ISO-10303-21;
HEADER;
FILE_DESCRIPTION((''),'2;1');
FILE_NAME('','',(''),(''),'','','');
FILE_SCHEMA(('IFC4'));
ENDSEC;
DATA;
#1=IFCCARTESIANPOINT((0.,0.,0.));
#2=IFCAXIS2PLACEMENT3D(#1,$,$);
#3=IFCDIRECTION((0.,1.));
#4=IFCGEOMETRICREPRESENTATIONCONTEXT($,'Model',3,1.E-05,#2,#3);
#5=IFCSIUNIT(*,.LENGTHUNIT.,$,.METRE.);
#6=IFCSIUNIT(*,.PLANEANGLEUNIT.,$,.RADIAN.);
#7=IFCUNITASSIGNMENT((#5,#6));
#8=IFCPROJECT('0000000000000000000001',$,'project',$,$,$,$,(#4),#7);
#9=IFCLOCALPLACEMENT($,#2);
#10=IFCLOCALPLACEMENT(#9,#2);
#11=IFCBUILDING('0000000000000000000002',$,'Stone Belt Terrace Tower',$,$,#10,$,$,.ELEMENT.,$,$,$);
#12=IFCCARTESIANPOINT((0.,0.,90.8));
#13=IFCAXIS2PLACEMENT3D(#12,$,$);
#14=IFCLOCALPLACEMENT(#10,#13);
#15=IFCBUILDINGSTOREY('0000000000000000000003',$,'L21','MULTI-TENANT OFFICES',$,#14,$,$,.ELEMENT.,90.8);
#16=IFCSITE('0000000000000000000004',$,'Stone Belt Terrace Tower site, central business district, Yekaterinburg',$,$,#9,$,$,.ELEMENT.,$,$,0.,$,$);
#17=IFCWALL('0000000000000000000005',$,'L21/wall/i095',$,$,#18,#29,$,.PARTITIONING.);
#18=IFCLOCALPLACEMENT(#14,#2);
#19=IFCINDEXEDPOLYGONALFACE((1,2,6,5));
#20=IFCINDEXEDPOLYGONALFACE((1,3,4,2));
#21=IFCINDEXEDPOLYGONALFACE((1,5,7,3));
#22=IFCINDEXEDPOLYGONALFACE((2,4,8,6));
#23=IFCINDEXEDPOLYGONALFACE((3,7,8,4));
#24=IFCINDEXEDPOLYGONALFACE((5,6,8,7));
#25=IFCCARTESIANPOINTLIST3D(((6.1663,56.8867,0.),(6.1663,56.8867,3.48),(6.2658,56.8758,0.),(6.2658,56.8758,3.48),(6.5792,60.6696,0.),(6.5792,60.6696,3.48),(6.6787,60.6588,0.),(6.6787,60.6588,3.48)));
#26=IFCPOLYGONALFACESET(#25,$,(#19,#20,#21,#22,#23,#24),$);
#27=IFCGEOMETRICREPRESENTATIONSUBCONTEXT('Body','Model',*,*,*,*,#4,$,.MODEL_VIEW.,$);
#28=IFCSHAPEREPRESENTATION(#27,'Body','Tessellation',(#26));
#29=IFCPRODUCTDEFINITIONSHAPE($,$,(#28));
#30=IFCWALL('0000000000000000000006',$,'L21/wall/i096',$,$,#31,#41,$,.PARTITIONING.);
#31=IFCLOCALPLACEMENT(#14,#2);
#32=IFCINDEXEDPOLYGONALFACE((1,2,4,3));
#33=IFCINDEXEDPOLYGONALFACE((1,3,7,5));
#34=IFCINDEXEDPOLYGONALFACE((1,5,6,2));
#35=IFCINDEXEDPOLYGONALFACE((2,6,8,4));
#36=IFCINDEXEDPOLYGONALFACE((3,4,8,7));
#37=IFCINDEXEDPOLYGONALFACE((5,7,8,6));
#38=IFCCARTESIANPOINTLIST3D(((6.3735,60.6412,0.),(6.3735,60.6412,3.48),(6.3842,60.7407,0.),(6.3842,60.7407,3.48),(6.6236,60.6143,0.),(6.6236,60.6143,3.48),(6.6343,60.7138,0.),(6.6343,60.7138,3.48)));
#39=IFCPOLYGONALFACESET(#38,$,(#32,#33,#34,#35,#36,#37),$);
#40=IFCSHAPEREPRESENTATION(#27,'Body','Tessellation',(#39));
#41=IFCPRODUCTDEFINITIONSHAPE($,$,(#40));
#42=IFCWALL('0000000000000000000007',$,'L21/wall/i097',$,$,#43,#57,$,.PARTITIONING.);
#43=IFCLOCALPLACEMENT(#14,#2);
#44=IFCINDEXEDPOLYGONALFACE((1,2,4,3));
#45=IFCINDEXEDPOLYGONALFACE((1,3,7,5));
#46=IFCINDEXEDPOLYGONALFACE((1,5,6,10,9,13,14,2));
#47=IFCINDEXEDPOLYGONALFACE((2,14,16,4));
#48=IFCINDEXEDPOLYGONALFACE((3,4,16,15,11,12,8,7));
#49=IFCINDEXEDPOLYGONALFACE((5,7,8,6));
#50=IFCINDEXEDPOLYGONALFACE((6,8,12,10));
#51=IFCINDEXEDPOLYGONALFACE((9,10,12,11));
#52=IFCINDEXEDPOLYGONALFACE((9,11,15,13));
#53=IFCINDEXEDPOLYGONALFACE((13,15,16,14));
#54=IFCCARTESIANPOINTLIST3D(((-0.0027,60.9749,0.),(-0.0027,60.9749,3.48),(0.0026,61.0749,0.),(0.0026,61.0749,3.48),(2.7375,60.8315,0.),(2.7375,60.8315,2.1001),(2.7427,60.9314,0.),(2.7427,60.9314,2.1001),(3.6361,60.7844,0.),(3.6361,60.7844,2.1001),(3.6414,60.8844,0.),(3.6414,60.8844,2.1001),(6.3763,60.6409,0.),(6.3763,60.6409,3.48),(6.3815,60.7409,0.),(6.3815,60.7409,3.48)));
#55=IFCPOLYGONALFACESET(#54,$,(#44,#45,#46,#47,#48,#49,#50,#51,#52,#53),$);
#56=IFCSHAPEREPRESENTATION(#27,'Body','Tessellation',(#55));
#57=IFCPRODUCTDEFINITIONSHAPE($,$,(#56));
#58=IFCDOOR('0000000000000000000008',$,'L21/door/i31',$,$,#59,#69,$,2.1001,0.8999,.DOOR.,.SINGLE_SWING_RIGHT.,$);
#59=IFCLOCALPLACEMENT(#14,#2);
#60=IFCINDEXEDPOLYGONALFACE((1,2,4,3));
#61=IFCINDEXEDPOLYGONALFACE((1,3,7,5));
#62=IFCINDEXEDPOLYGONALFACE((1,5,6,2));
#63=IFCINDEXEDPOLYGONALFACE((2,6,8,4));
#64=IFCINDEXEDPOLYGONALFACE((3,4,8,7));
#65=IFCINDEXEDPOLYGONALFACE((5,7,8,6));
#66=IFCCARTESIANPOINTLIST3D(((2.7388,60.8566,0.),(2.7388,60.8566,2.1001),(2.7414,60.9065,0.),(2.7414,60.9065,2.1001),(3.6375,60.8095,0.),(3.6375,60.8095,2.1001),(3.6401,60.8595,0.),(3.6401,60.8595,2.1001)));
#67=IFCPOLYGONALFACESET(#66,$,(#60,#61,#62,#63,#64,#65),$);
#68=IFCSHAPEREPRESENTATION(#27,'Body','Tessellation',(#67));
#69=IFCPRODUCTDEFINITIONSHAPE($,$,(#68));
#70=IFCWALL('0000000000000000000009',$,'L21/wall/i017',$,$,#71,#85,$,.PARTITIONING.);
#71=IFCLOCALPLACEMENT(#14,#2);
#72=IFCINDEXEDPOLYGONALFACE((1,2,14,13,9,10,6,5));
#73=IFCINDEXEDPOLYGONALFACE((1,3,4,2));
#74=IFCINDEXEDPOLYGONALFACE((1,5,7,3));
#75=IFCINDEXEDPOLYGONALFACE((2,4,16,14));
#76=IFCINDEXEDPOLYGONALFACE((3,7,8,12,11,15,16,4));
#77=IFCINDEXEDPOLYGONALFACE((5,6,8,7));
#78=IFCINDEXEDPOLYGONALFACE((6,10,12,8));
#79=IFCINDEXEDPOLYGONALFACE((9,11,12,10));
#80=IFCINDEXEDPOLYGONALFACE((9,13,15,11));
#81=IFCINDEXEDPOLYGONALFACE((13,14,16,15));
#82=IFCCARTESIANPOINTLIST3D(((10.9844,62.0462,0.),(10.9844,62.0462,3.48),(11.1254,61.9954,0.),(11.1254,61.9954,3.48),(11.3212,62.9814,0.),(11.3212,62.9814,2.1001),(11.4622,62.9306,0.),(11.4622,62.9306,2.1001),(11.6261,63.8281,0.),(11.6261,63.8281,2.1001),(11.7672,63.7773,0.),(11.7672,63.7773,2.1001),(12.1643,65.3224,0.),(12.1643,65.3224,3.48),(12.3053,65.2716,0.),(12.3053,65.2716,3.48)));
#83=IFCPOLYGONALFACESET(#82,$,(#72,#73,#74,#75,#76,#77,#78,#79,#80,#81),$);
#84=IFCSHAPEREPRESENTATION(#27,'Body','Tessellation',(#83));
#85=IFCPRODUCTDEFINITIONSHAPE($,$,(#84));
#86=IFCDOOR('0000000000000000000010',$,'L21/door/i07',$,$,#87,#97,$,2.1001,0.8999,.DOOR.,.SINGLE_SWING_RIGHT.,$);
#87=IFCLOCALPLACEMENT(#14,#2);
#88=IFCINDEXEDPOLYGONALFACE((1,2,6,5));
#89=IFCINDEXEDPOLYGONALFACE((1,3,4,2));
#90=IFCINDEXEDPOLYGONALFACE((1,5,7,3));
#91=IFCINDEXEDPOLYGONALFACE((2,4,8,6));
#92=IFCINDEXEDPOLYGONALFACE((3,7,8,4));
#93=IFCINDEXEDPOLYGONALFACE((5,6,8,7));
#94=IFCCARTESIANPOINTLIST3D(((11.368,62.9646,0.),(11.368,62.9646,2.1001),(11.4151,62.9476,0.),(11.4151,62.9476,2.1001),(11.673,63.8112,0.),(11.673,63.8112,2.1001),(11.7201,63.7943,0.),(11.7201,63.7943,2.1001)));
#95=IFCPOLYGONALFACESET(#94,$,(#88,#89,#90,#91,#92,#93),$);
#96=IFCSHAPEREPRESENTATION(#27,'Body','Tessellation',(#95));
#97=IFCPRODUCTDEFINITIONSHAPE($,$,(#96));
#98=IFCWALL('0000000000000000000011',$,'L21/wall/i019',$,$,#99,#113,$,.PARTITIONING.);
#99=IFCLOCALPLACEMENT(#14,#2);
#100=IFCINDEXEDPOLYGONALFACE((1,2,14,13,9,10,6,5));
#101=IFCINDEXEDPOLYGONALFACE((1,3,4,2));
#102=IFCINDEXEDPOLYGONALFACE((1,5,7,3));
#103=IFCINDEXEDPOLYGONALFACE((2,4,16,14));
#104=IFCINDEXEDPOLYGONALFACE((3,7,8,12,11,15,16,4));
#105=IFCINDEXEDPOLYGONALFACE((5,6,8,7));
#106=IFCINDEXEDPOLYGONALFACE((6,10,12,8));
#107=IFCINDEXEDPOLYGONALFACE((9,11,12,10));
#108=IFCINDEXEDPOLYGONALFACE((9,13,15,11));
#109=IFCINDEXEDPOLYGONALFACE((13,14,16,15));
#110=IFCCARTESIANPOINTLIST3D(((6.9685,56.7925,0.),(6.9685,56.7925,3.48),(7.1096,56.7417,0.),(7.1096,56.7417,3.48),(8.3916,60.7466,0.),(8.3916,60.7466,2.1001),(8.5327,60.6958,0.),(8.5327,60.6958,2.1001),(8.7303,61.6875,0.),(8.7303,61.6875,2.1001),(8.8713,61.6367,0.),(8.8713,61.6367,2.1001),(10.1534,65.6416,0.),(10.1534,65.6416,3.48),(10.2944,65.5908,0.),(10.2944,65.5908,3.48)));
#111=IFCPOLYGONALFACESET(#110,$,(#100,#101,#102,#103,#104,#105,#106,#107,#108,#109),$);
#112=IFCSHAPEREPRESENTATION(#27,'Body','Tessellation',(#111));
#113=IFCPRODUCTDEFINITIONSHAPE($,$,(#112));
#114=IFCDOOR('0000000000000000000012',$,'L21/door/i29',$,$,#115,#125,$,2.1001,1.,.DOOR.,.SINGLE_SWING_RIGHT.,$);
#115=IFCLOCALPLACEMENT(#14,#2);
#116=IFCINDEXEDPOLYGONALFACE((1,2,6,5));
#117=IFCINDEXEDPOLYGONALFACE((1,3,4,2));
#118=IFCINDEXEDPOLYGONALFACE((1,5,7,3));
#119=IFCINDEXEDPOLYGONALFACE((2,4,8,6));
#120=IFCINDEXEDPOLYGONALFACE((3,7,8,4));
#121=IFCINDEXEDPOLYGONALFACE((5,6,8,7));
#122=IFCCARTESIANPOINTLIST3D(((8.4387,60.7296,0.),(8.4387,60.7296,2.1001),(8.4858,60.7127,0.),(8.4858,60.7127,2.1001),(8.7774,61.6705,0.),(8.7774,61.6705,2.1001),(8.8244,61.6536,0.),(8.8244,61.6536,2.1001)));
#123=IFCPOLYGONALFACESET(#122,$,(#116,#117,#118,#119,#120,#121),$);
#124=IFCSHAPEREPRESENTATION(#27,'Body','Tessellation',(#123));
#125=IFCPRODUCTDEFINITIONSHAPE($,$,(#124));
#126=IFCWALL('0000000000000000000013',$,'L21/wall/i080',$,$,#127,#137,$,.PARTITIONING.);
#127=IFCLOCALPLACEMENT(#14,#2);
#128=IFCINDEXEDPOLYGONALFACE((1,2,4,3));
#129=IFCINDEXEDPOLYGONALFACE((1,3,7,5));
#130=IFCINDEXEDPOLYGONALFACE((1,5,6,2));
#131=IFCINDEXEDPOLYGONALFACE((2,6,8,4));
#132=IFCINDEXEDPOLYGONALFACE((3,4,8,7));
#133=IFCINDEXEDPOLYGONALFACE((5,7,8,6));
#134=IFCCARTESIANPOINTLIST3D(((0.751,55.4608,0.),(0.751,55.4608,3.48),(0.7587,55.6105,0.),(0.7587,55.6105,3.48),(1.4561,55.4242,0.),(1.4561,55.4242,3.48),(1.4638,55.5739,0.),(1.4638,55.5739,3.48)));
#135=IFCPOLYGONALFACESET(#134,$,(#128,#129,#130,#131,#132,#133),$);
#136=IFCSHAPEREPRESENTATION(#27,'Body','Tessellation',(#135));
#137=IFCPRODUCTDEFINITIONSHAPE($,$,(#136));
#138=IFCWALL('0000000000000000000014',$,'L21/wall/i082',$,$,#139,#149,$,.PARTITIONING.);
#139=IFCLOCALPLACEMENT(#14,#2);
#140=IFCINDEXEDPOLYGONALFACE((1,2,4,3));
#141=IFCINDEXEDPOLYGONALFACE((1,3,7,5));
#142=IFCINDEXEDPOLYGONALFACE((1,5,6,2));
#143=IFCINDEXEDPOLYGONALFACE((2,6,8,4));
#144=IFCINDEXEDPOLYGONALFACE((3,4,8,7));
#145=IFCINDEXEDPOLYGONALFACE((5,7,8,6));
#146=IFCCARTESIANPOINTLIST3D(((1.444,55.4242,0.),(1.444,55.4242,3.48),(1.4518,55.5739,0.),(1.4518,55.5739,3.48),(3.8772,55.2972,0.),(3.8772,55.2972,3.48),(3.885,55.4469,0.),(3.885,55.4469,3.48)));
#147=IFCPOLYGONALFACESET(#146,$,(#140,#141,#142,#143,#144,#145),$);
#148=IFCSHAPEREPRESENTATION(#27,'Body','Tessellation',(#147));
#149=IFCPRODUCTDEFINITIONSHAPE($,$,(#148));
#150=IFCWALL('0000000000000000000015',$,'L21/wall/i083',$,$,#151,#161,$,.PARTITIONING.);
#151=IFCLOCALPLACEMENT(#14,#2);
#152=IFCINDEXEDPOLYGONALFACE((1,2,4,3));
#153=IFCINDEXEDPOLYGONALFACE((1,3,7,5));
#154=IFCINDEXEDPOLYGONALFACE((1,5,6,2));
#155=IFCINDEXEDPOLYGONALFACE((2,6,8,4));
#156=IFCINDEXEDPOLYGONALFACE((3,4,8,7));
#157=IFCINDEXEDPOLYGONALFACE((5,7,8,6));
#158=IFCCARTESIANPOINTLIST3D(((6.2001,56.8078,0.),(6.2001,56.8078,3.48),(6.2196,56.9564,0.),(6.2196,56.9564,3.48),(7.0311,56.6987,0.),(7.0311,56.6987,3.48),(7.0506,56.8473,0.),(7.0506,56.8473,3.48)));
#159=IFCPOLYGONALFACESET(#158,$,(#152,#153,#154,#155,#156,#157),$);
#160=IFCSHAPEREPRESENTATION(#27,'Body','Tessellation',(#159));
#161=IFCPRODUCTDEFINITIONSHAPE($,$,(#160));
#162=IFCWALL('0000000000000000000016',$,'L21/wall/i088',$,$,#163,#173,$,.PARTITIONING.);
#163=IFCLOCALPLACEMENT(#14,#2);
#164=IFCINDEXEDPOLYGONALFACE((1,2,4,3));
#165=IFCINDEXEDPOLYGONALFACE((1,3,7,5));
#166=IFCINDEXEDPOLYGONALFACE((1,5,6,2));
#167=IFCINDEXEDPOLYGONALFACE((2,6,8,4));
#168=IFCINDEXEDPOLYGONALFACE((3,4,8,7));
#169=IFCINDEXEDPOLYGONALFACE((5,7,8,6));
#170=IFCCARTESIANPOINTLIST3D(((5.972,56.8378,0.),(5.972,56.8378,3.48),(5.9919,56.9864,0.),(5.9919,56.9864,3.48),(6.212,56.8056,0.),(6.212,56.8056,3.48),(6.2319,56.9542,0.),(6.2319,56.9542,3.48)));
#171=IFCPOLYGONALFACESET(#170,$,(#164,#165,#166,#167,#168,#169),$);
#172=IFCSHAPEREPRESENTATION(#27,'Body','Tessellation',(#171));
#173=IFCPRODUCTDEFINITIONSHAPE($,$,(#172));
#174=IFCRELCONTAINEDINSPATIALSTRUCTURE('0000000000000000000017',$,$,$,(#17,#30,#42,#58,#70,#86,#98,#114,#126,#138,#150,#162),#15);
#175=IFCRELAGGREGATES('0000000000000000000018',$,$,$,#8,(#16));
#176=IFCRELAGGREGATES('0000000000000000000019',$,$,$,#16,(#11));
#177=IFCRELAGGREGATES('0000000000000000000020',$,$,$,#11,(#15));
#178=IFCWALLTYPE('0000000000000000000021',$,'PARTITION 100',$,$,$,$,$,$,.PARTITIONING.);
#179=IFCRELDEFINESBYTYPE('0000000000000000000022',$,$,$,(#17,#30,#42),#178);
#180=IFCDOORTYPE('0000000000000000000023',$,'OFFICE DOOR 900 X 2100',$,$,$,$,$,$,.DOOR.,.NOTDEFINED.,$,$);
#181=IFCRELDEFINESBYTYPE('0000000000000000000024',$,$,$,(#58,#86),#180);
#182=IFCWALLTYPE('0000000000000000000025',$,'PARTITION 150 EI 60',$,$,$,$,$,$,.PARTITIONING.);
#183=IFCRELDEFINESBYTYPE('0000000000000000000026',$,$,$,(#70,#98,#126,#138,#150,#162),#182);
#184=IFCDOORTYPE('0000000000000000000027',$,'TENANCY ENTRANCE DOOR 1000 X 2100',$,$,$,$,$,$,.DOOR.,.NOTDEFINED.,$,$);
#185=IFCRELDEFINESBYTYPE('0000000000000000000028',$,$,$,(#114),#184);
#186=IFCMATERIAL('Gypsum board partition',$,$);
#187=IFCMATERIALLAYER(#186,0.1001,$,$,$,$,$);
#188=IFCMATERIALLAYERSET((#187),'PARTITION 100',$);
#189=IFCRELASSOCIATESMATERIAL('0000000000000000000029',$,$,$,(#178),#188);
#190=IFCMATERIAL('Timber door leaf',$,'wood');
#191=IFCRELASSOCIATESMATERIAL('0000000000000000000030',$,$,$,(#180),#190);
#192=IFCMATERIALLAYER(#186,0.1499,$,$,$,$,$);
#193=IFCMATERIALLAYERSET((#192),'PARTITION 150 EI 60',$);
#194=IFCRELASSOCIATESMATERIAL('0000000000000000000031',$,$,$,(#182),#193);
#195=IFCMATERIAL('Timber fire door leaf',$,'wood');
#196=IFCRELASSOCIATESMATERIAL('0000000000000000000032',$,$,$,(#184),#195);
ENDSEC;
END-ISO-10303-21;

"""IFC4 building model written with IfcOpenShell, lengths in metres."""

from ifc_helpers import new_model, si_unit, direction, frame, frame_2d, origin, place, context, subcontext, project, spatial, rectangle, extrude, material, layer, layer_set, type_object, element, fill, save


model = new_model("IFC4")

# Units and contexts
model_context = context("Model", 3, precision=1e-05, world=origin(), true_north=direction((0.0, 1.0)))
body_context = subcontext(model_context, "Body", "Model", "MODEL_VIEW")
ifc_project = project(units=[si_unit("LENGTHUNIT", "METRE"), si_unit("PLANEANGLEUNIT", "RADIAN")], contexts=[model_context])

# Site, building, storey
site_placement = place(None, origin())
site = spatial("IfcSite", under=ifc_project, at=site_placement, Name="Stone Belt Terrace Tower site, central business district, Yekaterinburg", CompositionType="ELEMENT", RefElevation=0.0)
building_placement = place(site_placement, origin())
building = spatial("IfcBuilding", under=site, at=building_placement, Name="Stone Belt Terrace Tower", CompositionType="ELEMENT")
storey_placement = place(building_placement, frame((0.0, 0.0, 90.8)))
storey = spatial("IfcBuildingStorey", under=building, at=storey_placement, Name="L21", Description="MULTI-TENANT OFFICES", CompositionType="ELEMENT", Elevation=90.8)

# Shared definitions
ifc_material_1 = material(Name="Gypsum board partition")
ifc_layer_1 = layer(ifc_material_1, 0.1001)
ifc_layer_set_1 = layer_set([ifc_layer_1], Name="PARTITION 100")
wall_type_1 = type_object("IfcWallType", Name="PARTITION 100", PredefinedType="PARTITIONING", material=ifc_layer_set_1)
ifc_material_2 = material(Name="Timber door leaf", Category="wood")
door_type_1 = type_object("IfcDoorType", Name="OFFICE DOOR 900 X 2100", OperationType="NOTDEFINED", PredefinedType="DOOR", material=ifc_material_2)

# Walls
wall_1_placement = place(storey_placement, frame((6.2161, 56.8811, 0.0), z_axis=(0.0, 0.0, 1.0), x_axis=(0.108488, 0.994098, 0.0)))
element("IfcWall", 1, at=wall_1_placement, inside=storey, type_object=wall_type_1, Name="L21/wall/i095", PredefinedType="PARTITIONING", context=body_context, shape_type="SweptSolid", body=[
    extrude(rectangle(XDim=3.8054, YDim=0.1001, at=frame_2d((1.9028, 0.0))), origin(), (0.0, 0.0, 1.0), 3.48),
])
wall_2_placement = place(storey_placement, frame((6.6289, 60.6641, 0.0), z_axis=(0.0, 0.0, 1.0), x_axis=(-0.99428, 0.106807, 0.0)))
element("IfcWall", 2, at=wall_2_placement, inside=storey, type_object=wall_type_1, Name="L21/wall/i096", PredefinedType="PARTITIONING", context=body_context, shape_type="SweptSolid", body=[
    extrude(rectangle(XDim=0.2515, YDim=0.1001, at=frame_2d((0.1257, 0.0))), origin(), (0.0, 0.0, 1.0), 3.48),
])

# Walls, openings, doors
wall_3_placement = place(storey_placement, frame((6.3789, 60.6909, 0.0), z_axis=(0.0, 0.0, 1.0), x_axis=(-0.998632, 0.052286, 0.0)))
wall_3 = element("IfcWall", 3, at=wall_3_placement, inside=storey, type_object=wall_type_1, Name="L21/wall/i097", PredefinedType="PARTITIONING", context=body_context, shape_type="SweptSolid", body=[
    extrude(rectangle(XDim=6.3877, YDim=0.1001, at=frame_2d((3.1938, 0.0))), origin(), (0.0, 0.0, 1.0), 3.48),
])
opening_1_placement = place(wall_3_placement, frame((2.7439, 0.0, 0.0)))
opening_1 = element("IfcOpeningElement", 4, at=opening_1_placement, cuts=wall_3, PredefinedType="OPENING", context=body_context, shape_type="SweptSolid", body=[
    extrude(rectangle(XDim=0.8999, YDim=2.1001, at=frame_2d((0.45, 1.05))), frame((0.0, 0.0601, 0.0), z_axis=(0.0, -1.0, 0.0), x_axis=(1.0, 0.0, 0.0)), (0.0, 0.0, 1.0), 0.1201),
])
door_1_placement = place(opening_1_placement, origin())
door_1 = element("IfcDoor", 5, at=door_1_placement, inside=storey, type_object=door_type_1, Name="L21/door/i31", OperationType="SINGLE_SWING_RIGHT", OverallHeight=2.1001, OverallWidth=0.8999, PredefinedType="DOOR", context=body_context, shape_type="SweptSolid", body=[
    extrude(rectangle(XDim=0.8999, YDim=2.1001, at=frame_2d((0.45, 1.05))), frame((0.0, 0.0249, 0.0), z_axis=(0.0, -1.0, 0.0), x_axis=(1.0, 0.0, 0.0)), (0.0, 0.0, 1.0), 0.05),
])
fill(opening_1, door_1)
ifc_layer_2 = layer(ifc_material_1, 0.1499)
ifc_layer_set_2 = layer_set([ifc_layer_2], Name="PARTITION 150 EI 60")
wall_type_2 = type_object("IfcWallType", Name="PARTITION 150 EI 60", PredefinedType="PARTITIONING", material=ifc_layer_set_2)
wall_4_placement = place(storey_placement, frame((12.2349, 65.2971, 0.0), z_axis=(0.0, 0.0, 1.0), x_axis=(-0.338854, -0.940839, 0.0)))
wall_4 = element("IfcWall", 6, at=wall_4_placement, inside=storey, type_object=wall_type_2, Name="L21/wall/i017", PredefinedType="PARTITIONING", context=body_context, shape_type="SweptSolid", body=[
    extrude(rectangle(XDim=3.4822, YDim=0.1499, at=frame_2d((1.7412, 0.0))), origin(), (0.0, 0.0, 1.0), 3.48),
])
opening_2_placement = place(wall_4_placement, frame((1.5884, 0.0, 0.0)))
opening_2 = element("IfcOpeningElement", 7, at=opening_2_placement, cuts=wall_4, PredefinedType="OPENING", context=body_context, shape_type="SweptSolid", body=[
    extrude(rectangle(XDim=0.8999, YDim=2.1001, at=frame_2d((0.45, 1.05))), frame((0.0, 0.085, 0.0), z_axis=(0.0, -1.0, 0.0), x_axis=(1.0, 0.0, 0.0)), (0.0, 0.0, 1.0), 0.1699),
])
door_2_placement = place(opening_2_placement, origin())
door_2 = element("IfcDoor", 8, at=door_2_placement, inside=storey, type_object=door_type_1, Name="L21/door/i07", OperationType="SINGLE_SWING_RIGHT", OverallHeight=2.1001, OverallWidth=0.8999, PredefinedType="DOOR", context=body_context, shape_type="SweptSolid", body=[
    extrude(rectangle(XDim=0.8999, YDim=2.1001, at=frame_2d((0.45, 1.05))), frame((0.0, 0.0249, 0.0), z_axis=(0.0, -1.0, 0.0), x_axis=(1.0, 0.0, 0.0)), (0.0, 0.0, 1.0), 0.05),
])
fill(opening_2, door_2)
wall_5_placement = place(storey_placement, frame((7.0391, 56.7671, 0.0), z_axis=(0.0, 0.0, 1.0), x_axis=(0.338638, 0.940917, 0.0)))
wall_5 = element("IfcWall", 9, at=wall_5_placement, inside=storey, type_object=wall_type_2, Name="L21/wall/i019", PredefinedType="PARTITIONING", context=body_context, shape_type="SweptSolid", body=[
    extrude(rectangle(XDim=9.4048, YDim=0.1499, at=frame_2d((4.7024, 0.0))), origin(), (0.0, 0.0, 1.0), 3.48),
])
opening_3_placement = place(wall_5_placement, frame((4.2024, 0.0, 0.0)))
opening_3 = element("IfcOpeningElement", 10, at=opening_3_placement, cuts=wall_5, PredefinedType="OPENING", context=body_context, shape_type="SweptSolid", body=[
    extrude(rectangle(XDim=1.0, YDim=2.1001, at=frame_2d((0.5, 1.05))), frame((0.0, 0.085, 0.0), z_axis=(0.0, -1.0, 0.0), x_axis=(1.0, 0.0, 0.0)), (0.0, 0.0, 1.0), 0.1699),
])
ifc_material_3 = material(Name="Timber fire door leaf", Category="wood")
door_type_2 = type_object("IfcDoorType", Name="TENANCY ENTRANCE DOOR 1000 X 2100", OperationType="NOTDEFINED", PredefinedType="DOOR", material=ifc_material_3)
door_3_placement = place(opening_3_placement, origin())
door_3 = element("IfcDoor", 11, at=door_3_placement, inside=storey, type_object=door_type_2, Name="L21/door/i29", OperationType="SINGLE_SWING_RIGHT", OverallHeight=2.1001, OverallWidth=1.0, PredefinedType="DOOR", context=body_context, shape_type="SweptSolid", body=[
    extrude(rectangle(XDim=1.0, YDim=2.1001, at=frame_2d((0.5, 1.05))), frame((0.0, 0.0249, 0.0), z_axis=(0.0, -1.0, 0.0), x_axis=(1.0, 0.0, 0.0)), (0.0, 0.0, 1.0), 0.05),
])
fill(opening_3, door_3)

# Walls
wall_6_placement = place(storey_placement, frame((1.46, 55.499, 0.0), z_axis=(0.0, 0.0, 1.0), x_axis=(-0.998654, 0.051869, 0.0)))
element("IfcWall", 12, at=wall_6_placement, inside=storey, type_object=wall_type_2, Name="L21/wall/i080", PredefinedType="PARTITIONING", context=body_context, shape_type="SweptSolid", body=[
    extrude(rectangle(XDim=0.7061, YDim=0.1499, at=frame_2d((0.353, 0.0))), origin(), (0.0, 0.0, 1.0), 3.48),
])
wall_7_placement = place(storey_placement, frame((3.8811, 55.3721, 0.0), z_axis=(0.0, 0.0, 1.0), x_axis=(-0.998642, 0.052107, 0.0)))
element("IfcWall", 13, at=wall_7_placement, inside=storey, type_object=wall_type_2, Name="L21/wall/i082", PredefinedType="PARTITIONING", context=body_context, shape_type="SweptSolid", body=[
    extrude(rectangle(XDim=2.4365, YDim=0.1499, at=frame_2d((1.2183, 0.0))), origin(), (0.0, 0.0, 1.0), 3.48),
])
wall_8_placement = place(storey_placement, frame((6.21, 56.8821, 0.0), z_axis=(0.0, 0.0, 1.0), x_axis=(0.991488, -0.130198, 0.0)))
element("IfcWall", 14, at=wall_8_placement, inside=storey, type_object=wall_type_2, Name="L21/wall/i083", PredefinedType="PARTITIONING", context=body_context, shape_type="SweptSolid", body=[
    extrude(rectangle(XDim=0.8381, YDim=0.1499, at=frame_2d((0.4189, 0.0))), origin(), (0.0, 0.0, 1.0), 3.48),
])
wall_9_placement = place(storey_placement, frame((5.9819, 56.9121, 0.0), z_axis=(0.0, 0.0, 1.0), x_axis=(0.991104, -0.133088, 0.0)))
element("IfcWall", 15, at=wall_9_placement, inside=storey, type_object=wall_type_2, Name="L21/wall/i088", PredefinedType="PARTITIONING", context=body_context, shape_type="SweptSolid", body=[
    extrude(rectangle(XDim=0.2422, YDim=0.1499, at=frame_2d((0.1211, 0.0))), origin(), (0.0, 0.0, 1.0), 3.48),
])

save(model, "model.ifc")
